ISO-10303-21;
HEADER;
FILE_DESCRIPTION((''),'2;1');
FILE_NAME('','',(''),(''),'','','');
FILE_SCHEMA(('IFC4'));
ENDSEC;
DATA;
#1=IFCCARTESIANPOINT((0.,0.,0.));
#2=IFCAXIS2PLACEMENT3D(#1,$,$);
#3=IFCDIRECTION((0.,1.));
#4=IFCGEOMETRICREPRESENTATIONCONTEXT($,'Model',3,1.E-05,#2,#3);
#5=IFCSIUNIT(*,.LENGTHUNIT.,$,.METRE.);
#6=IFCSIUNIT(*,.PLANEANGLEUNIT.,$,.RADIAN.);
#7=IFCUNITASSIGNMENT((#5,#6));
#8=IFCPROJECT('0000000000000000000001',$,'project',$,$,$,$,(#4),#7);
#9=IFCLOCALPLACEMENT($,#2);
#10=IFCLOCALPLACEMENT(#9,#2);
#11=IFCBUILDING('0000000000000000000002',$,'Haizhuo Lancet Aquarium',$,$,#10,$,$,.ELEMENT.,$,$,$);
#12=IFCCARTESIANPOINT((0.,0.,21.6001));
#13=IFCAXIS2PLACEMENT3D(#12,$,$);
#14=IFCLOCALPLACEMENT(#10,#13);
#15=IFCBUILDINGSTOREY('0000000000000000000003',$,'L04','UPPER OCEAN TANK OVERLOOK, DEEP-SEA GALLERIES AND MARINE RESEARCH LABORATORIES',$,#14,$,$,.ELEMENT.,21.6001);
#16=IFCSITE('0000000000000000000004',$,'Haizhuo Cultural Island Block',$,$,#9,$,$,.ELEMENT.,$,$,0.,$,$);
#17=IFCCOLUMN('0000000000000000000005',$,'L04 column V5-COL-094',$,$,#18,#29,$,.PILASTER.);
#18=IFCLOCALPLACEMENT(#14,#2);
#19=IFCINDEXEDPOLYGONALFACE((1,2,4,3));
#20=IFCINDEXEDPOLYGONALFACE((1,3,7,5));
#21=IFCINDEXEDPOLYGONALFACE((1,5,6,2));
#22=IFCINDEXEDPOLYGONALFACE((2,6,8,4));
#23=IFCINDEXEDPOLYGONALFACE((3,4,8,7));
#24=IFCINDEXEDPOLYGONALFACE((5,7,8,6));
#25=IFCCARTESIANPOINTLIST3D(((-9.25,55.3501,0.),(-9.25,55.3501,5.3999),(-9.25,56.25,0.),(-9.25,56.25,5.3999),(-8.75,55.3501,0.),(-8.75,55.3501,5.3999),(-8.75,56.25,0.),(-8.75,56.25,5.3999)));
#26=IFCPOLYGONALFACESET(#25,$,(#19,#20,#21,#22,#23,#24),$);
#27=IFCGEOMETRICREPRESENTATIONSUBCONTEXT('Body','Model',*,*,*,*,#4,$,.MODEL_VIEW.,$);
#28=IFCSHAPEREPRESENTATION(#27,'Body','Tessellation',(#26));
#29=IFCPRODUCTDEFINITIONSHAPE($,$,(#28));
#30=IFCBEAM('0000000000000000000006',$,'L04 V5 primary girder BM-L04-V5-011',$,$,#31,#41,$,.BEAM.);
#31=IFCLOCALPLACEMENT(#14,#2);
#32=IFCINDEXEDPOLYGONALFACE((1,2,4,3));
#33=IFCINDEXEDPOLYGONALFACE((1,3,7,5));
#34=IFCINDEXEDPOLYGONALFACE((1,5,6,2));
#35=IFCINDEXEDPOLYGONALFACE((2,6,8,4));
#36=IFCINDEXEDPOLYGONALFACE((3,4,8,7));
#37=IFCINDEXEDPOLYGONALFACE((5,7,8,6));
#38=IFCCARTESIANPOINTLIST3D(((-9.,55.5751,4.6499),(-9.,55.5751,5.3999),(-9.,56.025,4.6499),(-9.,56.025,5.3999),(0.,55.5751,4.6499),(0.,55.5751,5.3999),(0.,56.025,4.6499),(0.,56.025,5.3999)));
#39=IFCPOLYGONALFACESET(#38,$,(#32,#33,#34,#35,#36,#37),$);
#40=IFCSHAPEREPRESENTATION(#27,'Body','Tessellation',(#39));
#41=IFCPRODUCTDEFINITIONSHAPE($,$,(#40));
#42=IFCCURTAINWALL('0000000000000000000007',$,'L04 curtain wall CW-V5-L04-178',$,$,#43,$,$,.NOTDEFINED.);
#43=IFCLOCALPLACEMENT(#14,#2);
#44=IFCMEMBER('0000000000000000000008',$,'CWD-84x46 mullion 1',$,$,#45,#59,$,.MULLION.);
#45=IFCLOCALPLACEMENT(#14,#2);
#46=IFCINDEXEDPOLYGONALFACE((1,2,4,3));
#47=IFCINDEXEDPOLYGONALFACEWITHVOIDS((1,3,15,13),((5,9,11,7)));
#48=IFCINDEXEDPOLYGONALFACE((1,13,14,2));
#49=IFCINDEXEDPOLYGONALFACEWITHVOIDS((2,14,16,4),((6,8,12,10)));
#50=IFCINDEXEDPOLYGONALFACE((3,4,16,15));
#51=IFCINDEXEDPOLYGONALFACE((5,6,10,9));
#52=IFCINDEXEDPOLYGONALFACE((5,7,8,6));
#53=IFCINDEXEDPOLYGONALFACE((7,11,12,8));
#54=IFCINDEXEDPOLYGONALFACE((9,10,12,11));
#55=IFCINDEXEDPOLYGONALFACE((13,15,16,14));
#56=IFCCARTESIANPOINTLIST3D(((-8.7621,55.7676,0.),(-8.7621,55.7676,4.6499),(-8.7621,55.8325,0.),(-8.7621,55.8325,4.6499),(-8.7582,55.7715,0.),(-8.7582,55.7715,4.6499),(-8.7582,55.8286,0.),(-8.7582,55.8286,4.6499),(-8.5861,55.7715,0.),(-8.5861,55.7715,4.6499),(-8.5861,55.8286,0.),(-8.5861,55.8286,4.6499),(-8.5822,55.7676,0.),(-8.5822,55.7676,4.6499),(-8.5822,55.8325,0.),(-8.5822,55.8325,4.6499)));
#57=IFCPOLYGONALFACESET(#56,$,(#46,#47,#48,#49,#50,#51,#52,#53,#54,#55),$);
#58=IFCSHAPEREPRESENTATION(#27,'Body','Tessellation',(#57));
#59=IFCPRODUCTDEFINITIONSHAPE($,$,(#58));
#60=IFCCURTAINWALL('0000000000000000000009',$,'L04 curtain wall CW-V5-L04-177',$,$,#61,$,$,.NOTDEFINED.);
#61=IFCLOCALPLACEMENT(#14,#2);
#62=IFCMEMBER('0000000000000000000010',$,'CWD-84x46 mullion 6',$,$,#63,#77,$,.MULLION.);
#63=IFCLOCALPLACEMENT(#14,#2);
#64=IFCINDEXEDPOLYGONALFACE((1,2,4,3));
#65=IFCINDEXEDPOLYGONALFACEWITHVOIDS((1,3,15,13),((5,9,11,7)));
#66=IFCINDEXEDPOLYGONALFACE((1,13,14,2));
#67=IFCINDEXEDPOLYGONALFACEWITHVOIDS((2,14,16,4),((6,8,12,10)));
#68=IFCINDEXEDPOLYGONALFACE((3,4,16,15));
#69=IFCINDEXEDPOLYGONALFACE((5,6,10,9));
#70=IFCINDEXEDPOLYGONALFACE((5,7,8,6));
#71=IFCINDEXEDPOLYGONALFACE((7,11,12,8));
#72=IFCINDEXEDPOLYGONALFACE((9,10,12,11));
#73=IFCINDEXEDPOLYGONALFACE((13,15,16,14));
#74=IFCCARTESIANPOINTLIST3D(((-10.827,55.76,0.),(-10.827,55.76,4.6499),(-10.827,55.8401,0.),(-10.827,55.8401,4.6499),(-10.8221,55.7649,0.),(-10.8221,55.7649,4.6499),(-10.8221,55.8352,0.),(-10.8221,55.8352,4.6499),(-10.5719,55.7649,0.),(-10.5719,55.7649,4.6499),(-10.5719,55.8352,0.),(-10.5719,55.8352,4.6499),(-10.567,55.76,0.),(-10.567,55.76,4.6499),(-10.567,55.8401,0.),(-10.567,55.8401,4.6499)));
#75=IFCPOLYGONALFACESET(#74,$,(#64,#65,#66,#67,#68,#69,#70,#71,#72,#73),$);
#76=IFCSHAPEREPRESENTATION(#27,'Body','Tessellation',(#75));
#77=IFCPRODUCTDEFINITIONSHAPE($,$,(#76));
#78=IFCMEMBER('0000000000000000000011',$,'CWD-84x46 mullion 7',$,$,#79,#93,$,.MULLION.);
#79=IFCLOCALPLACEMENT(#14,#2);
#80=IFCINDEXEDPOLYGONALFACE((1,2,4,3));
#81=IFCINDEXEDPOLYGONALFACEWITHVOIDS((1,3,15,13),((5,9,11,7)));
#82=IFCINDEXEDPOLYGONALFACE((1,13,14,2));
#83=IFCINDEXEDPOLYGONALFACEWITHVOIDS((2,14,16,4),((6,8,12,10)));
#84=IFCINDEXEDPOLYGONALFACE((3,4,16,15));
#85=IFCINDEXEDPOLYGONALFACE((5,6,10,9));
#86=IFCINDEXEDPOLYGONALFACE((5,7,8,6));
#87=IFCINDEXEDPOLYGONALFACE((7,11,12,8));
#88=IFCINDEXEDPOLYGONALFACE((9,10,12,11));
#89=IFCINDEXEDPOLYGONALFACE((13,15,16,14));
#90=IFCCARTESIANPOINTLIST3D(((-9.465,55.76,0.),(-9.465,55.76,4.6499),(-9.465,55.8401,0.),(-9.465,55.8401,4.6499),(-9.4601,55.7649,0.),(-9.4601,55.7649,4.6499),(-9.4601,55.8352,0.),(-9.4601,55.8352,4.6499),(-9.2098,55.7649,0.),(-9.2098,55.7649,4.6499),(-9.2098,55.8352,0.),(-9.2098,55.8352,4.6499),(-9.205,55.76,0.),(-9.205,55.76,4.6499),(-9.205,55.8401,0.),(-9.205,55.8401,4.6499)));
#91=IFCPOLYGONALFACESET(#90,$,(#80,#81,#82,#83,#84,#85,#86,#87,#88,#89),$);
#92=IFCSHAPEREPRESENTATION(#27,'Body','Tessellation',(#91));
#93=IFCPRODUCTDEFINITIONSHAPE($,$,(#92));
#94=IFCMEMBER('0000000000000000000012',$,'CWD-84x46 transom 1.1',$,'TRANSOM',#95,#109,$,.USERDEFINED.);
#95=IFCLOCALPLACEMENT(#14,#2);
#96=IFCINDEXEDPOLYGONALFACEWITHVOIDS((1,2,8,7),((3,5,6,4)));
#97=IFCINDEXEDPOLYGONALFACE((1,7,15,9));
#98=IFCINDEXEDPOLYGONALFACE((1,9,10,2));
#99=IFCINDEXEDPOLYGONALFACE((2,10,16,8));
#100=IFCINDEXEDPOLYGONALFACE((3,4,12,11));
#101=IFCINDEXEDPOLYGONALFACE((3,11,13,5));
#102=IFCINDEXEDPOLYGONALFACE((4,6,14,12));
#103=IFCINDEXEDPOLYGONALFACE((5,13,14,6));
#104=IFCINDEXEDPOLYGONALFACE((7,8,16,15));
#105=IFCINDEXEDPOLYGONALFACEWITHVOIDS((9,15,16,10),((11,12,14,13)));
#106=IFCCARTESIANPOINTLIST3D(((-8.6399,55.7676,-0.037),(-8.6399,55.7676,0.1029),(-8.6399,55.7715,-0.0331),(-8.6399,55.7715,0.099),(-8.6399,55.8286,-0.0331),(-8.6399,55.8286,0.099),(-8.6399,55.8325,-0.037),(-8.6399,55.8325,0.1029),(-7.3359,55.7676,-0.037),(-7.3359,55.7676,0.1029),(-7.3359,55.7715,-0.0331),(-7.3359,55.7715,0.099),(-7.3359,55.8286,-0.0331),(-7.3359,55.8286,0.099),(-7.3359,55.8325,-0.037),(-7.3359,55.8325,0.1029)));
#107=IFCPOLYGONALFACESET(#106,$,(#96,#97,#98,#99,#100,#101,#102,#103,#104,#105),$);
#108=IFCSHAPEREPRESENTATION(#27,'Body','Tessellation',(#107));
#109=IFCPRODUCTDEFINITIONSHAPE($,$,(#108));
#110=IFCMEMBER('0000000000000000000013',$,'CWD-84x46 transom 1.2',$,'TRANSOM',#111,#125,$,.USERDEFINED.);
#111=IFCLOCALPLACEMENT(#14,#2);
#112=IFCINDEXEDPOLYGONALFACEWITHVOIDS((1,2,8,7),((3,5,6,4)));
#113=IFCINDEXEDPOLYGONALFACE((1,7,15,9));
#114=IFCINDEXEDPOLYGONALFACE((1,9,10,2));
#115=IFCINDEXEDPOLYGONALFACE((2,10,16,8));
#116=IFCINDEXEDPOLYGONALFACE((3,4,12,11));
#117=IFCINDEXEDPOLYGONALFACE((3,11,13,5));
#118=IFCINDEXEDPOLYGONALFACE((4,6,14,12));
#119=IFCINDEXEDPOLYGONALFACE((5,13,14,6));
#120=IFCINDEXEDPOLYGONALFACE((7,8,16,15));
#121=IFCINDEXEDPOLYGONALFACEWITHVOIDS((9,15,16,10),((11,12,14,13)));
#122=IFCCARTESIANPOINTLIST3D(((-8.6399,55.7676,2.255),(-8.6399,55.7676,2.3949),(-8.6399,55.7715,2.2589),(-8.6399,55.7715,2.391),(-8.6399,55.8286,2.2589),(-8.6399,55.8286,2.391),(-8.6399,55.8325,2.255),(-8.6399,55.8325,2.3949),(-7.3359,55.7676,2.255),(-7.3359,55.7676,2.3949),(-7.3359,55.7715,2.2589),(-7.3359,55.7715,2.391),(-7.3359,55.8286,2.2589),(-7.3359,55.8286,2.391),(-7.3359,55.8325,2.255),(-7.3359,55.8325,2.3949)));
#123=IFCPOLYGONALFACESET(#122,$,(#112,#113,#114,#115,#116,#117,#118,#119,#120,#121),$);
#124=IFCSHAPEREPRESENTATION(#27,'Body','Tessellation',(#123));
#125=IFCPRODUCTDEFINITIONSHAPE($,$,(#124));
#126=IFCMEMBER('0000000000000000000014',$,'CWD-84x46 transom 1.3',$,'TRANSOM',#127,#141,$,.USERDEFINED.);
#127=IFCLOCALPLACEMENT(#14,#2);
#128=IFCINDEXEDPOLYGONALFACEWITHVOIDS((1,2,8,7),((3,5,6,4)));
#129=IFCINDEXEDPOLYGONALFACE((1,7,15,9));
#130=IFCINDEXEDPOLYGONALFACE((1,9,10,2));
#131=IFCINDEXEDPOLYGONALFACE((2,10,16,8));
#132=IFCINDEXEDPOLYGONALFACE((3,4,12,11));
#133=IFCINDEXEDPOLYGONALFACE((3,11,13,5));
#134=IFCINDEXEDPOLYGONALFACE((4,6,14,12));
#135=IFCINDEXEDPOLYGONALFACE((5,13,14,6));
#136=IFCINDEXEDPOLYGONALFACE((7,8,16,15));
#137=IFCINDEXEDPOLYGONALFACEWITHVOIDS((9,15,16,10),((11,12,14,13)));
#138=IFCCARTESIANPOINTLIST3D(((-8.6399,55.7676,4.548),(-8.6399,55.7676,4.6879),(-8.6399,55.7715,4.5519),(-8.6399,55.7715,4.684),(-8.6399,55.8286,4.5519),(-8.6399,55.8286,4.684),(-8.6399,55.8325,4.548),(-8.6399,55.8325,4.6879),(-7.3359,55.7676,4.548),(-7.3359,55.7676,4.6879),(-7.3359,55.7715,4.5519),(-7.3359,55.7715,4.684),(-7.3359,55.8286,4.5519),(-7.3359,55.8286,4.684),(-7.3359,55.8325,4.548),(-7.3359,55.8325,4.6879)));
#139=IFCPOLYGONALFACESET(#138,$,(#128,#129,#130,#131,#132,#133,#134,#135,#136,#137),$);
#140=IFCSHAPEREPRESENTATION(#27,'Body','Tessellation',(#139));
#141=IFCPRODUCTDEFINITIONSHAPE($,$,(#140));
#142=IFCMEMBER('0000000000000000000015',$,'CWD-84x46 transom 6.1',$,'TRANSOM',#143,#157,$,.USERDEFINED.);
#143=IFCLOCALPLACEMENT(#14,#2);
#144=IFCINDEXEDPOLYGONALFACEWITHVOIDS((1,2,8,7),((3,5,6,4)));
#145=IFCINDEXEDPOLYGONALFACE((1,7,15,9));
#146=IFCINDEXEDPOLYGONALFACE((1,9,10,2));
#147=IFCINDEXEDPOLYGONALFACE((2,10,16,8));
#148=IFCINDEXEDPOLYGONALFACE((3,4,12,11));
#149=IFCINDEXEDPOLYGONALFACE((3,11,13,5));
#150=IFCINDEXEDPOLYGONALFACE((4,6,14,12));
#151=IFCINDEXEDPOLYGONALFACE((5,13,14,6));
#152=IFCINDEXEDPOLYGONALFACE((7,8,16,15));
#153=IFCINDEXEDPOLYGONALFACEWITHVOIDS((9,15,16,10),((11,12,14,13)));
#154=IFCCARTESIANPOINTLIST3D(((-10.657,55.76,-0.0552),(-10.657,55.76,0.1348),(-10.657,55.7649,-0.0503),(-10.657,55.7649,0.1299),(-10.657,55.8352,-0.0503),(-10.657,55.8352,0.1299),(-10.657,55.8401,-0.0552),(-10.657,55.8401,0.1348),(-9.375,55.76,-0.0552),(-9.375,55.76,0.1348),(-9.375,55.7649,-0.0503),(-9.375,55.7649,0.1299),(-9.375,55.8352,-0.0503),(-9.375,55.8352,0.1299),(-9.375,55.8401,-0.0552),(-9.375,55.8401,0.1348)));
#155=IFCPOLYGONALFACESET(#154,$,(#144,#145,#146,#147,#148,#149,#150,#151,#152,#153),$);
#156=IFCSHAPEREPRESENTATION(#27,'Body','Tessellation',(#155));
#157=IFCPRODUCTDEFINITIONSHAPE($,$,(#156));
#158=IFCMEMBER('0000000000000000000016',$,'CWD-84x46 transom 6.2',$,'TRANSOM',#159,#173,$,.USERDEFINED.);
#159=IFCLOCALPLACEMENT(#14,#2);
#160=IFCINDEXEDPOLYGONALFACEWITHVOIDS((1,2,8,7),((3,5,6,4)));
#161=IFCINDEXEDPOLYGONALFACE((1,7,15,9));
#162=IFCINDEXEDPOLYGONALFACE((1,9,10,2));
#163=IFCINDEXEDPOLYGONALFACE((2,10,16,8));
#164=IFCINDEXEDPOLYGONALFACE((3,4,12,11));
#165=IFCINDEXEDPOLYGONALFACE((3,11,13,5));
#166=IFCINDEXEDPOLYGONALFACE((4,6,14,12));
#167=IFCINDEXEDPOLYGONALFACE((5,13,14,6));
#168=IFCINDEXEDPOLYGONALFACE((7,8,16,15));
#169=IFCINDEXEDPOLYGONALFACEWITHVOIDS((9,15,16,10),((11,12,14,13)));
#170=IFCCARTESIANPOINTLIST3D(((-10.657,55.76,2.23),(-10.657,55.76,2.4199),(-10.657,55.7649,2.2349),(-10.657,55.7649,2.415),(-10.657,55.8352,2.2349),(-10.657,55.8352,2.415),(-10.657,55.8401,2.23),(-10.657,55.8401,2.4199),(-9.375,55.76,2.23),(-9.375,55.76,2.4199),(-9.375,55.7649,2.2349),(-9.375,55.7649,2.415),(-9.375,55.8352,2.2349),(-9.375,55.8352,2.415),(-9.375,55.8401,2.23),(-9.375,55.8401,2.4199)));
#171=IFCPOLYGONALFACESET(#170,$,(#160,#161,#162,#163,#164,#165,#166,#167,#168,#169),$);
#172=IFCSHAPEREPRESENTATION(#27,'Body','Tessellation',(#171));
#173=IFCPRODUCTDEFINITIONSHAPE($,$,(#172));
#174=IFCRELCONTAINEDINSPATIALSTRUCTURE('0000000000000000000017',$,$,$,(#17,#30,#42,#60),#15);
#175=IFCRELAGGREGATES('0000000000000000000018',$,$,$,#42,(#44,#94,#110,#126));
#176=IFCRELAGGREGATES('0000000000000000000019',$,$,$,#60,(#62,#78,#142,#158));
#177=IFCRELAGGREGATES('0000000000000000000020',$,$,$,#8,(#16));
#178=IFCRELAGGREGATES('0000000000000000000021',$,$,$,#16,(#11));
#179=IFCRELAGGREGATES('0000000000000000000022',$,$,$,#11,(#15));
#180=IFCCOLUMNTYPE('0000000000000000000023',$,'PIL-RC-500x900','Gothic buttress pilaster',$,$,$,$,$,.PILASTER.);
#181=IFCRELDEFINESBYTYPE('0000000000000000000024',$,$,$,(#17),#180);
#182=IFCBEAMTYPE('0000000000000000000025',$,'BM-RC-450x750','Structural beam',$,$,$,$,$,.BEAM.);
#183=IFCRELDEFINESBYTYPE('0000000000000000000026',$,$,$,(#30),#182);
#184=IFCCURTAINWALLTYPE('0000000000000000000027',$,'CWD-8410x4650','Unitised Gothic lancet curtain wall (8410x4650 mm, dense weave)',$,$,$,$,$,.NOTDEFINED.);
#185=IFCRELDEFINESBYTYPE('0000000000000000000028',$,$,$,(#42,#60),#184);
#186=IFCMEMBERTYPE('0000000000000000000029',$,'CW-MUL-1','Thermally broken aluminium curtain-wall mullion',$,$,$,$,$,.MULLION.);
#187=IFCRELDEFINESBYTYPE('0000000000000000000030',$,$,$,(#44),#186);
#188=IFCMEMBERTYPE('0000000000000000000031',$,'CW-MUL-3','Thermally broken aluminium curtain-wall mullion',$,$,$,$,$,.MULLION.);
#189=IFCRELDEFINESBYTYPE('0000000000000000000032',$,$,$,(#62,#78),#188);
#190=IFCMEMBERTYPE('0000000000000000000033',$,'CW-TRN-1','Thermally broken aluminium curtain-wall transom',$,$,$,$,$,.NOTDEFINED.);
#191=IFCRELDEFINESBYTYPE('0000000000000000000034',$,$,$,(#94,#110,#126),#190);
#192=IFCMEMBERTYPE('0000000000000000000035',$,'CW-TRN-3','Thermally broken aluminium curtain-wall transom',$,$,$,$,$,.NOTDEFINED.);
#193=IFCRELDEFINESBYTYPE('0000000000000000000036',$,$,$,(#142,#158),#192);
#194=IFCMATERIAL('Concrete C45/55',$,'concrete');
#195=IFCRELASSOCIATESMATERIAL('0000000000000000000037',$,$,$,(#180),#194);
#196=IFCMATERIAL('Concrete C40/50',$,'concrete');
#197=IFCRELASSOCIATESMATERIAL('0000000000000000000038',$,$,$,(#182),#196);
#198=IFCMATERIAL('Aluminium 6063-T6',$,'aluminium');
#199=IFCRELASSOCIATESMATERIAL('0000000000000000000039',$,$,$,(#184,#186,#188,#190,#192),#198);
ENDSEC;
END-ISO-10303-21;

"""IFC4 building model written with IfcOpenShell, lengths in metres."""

from ifc_helpers import new_model, si_unit, direction, frame, origin, origin_2d, place, context, subcontext, project, spatial, rectangle, hollow_rectangle, extrude, material, material_profile, profile_set, type_object, element, aggregate, save


model = new_model("IFC4")

# Units and contexts
model_context = context("Model", 3, precision=1e-05, world=origin(), true_north=direction((0.0, 1.0)))
body_context = subcontext(model_context, "Body", "Model", "MODEL_VIEW")
ifc_project = project(units=[si_unit("LENGTHUNIT", "METRE"), si_unit("PLANEANGLEUNIT", "RADIAN")], contexts=[model_context])

# Site, building, storey
site_placement = place(None, origin())
site = spatial("IfcSite", under=ifc_project, at=site_placement, Name="Haizhuo Cultural Island Block", CompositionType="ELEMENT", RefElevation=0.0)
building_placement = place(site_placement, origin())
building = spatial("IfcBuilding", under=site, at=building_placement, Name="Haizhuo Lancet Aquarium", CompositionType="ELEMENT")
storey_placement = place(building_placement, frame((0.0, 0.0, 21.6001)))
storey = spatial("IfcBuildingStorey", under=building, at=storey_placement, Name="L04", Description="UPPER OCEAN TANK OVERLOOK, DEEP-SEA GALLERIES AND MARINE RESEARCH LABORATORIES", CompositionType="ELEMENT", Elevation=21.6001)

# Column
ifc_material_1 = material(Name="Concrete C45/55", Category="concrete")
ifc_material_profile_1 = material_profile(ifc_material_1, rectangle(XDim=0.5, YDim=0.8999, at=origin_2d()), Name="RC-PIL 500x900")
ifc_profile_set_1 = profile_set([ifc_material_profile_1], Name="Concrete C45/55")
column_type = type_object("IfcColumnType", Name="PIL-RC-500x900", Description="Gothic buttress pilaster", PredefinedType="PILASTER", material=ifc_profile_set_1)
column_placement = place(storey_placement, frame((-9.0, 55.8, 0.0), z_axis=(0.0, 0.0, 1.0), x_axis=(1.0, 0.0, 0.0)))
element("IfcColumn", 1, at=column_placement, inside=storey, type_object=column_type, Name="L04 column V5-COL-094", PredefinedType="PILASTER", context=body_context, shape_type="SweptSolid", body=[
    extrude(rectangle(XDim=0.5, YDim=0.8999, at=origin_2d()), origin(), (0.0, 0.0, 1.0), 5.3999),
])

# Beam
ifc_material_2 = material(Name="Concrete C40/50", Category="concrete")
ifc_material_profile_2 = material_profile(ifc_material_2, rectangle(XDim=0.45, YDim=0.75, at=origin_2d()), Name="RC-BM 450x750")
ifc_profile_set_2 = profile_set([ifc_material_profile_2], Name="Concrete C40/50")
beam_type = type_object("IfcBeamType", Name="BM-RC-450x750", Description="Structural beam", PredefinedType="BEAM", material=ifc_profile_set_2)
beam_placement = place(storey_placement, frame((-9.0, 55.8, 5.0249), z_axis=(1.0, 0.0, 0.0), x_axis=(0.0, 1.0, 0.0)))
element("IfcBeam", 2, at=beam_placement, inside=storey, type_object=beam_type, Name="L04 V5 primary girder BM-L04-V5-011", PredefinedType="BEAM", context=body_context, shape_type="SweptSolid", body=[
    extrude(rectangle(XDim=0.45, YDim=0.75, at=origin_2d()), origin(), (0.0, 0.0, 1.0), 9.0),
])

# Curtain wall, member
ifc_material_3 = material(Name="Aluminium 6063-T6", Category="aluminium")
curtain_wall_type = type_object("IfcCurtainWallType", Name="CWD-8410x4650", Description="Unitised Gothic lancet curtain wall (8410x4650 mm, dense weave)", PredefinedType="NOTDEFINED", material=ifc_material_3)
curtain_wall_1_placement = place(storey_placement, origin())
curtain_wall_1 = element("IfcCurtainWall", 3, at=curtain_wall_1_placement, inside=storey, type_object=curtain_wall_type, Name="L04 curtain wall CW-V5-L04-178", PredefinedType="NOTDEFINED")
ifc_material_profile_3 = material_profile(ifc_material_3, hollow_rectangle(XDim=0.0649, YDim=0.1799, WallThickness=0.0039, at=origin_2d()), Name="ALU-M 65x180x4")
ifc_profile_set_3 = profile_set([ifc_material_profile_3], Name="Aluminium 6063-T6")
member_type_1 = type_object("IfcMemberType", Name="CW-MUL-1", Description="Thermally broken aluminium curtain-wall mullion", PredefinedType="MULLION", material=ifc_profile_set_3)
member_1_placement = place(storey_placement, frame((-8.6721, 55.8, 0.0), z_axis=(0.0, 0.0, 1.0), x_axis=(0.0, 1.0, 0.0)))
member_1 = element("IfcMember", 4, at=member_1_placement, type_object=member_type_1, Name="CWD-84x46 mullion 1", PredefinedType="MULLION", context=body_context, shape_type="SweptSolid", body=[
    extrude(hollow_rectangle(XDim=0.0649, YDim=0.1799, WallThickness=0.0039, at=origin_2d()), origin(), (0.0, 0.0, 1.0), 4.6499),
])

# Curtain wall, members
curtain_wall_2_placement = place(storey_placement, origin())
curtain_wall_2 = element("IfcCurtainWall", 5, at=curtain_wall_2_placement, inside=storey, type_object=curtain_wall_type, Name="L04 curtain wall CW-V5-L04-177", PredefinedType="NOTDEFINED")
ifc_material_profile_4 = material_profile(ifc_material_3, hollow_rectangle(XDim=0.0801, YDim=0.26, WallThickness=0.0049, at=origin_2d()), Name="ALU-M 80x260x5")
ifc_profile_set_4 = profile_set([ifc_material_profile_4], Name="Aluminium 6063-T6")
member_type_2 = type_object("IfcMemberType", Name="CW-MUL-3", Description="Thermally broken aluminium curtain-wall mullion", PredefinedType="MULLION", material=ifc_profile_set_4)
member_2_placement = place(storey_placement, frame((-10.697, 55.8, 0.0), z_axis=(0.0, 0.0, 1.0), x_axis=(0.0, 1.0, 0.0)))
member_2 = element("IfcMember", 6, at=member_2_placement, type_object=member_type_2, Name="CWD-84x46 mullion 6", PredefinedType="MULLION", context=body_context, shape_type="SweptSolid", body=[
    extrude(hollow_rectangle(XDim=0.0801, YDim=0.26, WallThickness=0.0049, at=origin_2d()), origin(), (0.0, 0.0, 1.0), 4.6499),
])
member_3_placement = place(storey_placement, frame((-9.335, 55.8, 0.0), z_axis=(0.0, 0.0, 1.0), x_axis=(0.0, 1.0, 0.0)))
member_3 = element("IfcMember", 7, at=member_3_placement, type_object=member_type_2, Name="CWD-84x46 mullion 7", PredefinedType="MULLION", context=body_context, shape_type="SweptSolid", body=[
    extrude(hollow_rectangle(XDim=0.0801, YDim=0.26, WallThickness=0.0049, at=origin_2d()), origin(), (0.0, 0.0, 1.0), 4.6499),
])

# Members
ifc_material_profile_5 = material_profile(ifc_material_3, hollow_rectangle(XDim=0.0649, YDim=0.1399, WallThickness=0.0039, at=origin_2d()), Name="ALU-T 65x140x4")
ifc_profile_set_5 = profile_set([ifc_material_profile_5], Name="Aluminium 6063-T6")
member_type_3 = type_object("IfcMemberType", Name="CW-TRN-1", Description="Thermally broken aluminium curtain-wall transom", PredefinedType="NOTDEFINED", material=ifc_profile_set_5)
member_4_placement = place(storey_placement, frame((-8.6399, 55.8, 0.033), z_axis=(1.0, 0.0, 0.0), x_axis=(0.0, 1.0, 0.0)))
member_4 = element("IfcMember", 8, at=member_4_placement, type_object=member_type_3, Name="CWD-84x46 transom 1.1", ObjectType="TRANSOM", PredefinedType="USERDEFINED", context=body_context, shape_type="SweptSolid", body=[
    extrude(hollow_rectangle(XDim=0.0649, YDim=0.1399, WallThickness=0.0039, at=origin_2d()), origin(), (0.0, 0.0, 1.0), 1.304),
])
member_5_placement = place(storey_placement, frame((-8.6399, 55.8, 2.325), z_axis=(1.0, 0.0, 0.0), x_axis=(0.0, 1.0, 0.0)))
member_5 = element("IfcMember", 9, at=member_5_placement, type_object=member_type_3, Name="CWD-84x46 transom 1.2", ObjectType="TRANSOM", PredefinedType="USERDEFINED", context=body_context, shape_type="SweptSolid", body=[
    extrude(hollow_rectangle(XDim=0.0649, YDim=0.1399, WallThickness=0.0039, at=origin_2d()), origin(), (0.0, 0.0, 1.0), 1.304),
])
member_6_placement = place(storey_placement, frame((-8.6399, 55.8, 4.6179), z_axis=(1.0, 0.0, 0.0), x_axis=(0.0, 1.0, 0.0)))
member_6 = element("IfcMember", 10, at=member_6_placement, type_object=member_type_3, Name="CWD-84x46 transom 1.3", ObjectType="TRANSOM", PredefinedType="USERDEFINED", context=body_context, shape_type="SweptSolid", body=[
    extrude(hollow_rectangle(XDim=0.0649, YDim=0.1399, WallThickness=0.0039, at=origin_2d()), origin(), (0.0, 0.0, 1.0), 1.304),
])
aggregate(curtain_wall_1, [member_1, member_4, member_5, member_6])
ifc_material_profile_6 = material_profile(ifc_material_3, hollow_rectangle(XDim=0.0801, YDim=0.1899, WallThickness=0.0049, at=origin_2d()), Name="ALU-T 80x190x5")
ifc_profile_set_6 = profile_set([ifc_material_profile_6], Name="Aluminium 6063-T6")
member_type_4 = type_object("IfcMemberType", Name="CW-TRN-3", Description="Thermally broken aluminium curtain-wall transom", PredefinedType="NOTDEFINED", material=ifc_profile_set_6)
member_7_placement = place(storey_placement, frame((-10.657, 55.8, 0.0398), z_axis=(1.0, 0.0, 0.0), x_axis=(0.0, 1.0, 0.0)))
member_7 = element("IfcMember", 11, at=member_7_placement, type_object=member_type_4, Name="CWD-84x46 transom 6.1", ObjectType="TRANSOM", PredefinedType="USERDEFINED", context=body_context, shape_type="SweptSolid", body=[
    extrude(hollow_rectangle(XDim=0.0801, YDim=0.1899, WallThickness=0.0049, at=origin_2d()), origin(), (0.0, 0.0, 1.0), 1.282),
])
member_8_placement = place(storey_placement, frame((-10.657, 55.8, 2.325), z_axis=(1.0, 0.0, 0.0), x_axis=(0.0, 1.0, 0.0)))
member_8 = element("IfcMember", 12, at=member_8_placement, type_object=member_type_4, Name="CWD-84x46 transom 6.2", ObjectType="TRANSOM", PredefinedType="USERDEFINED", context=body_context, shape_type="SweptSolid", body=[
    extrude(hollow_rectangle(XDim=0.0801, YDim=0.1899, WallThickness=0.0049, at=origin_2d()), origin(), (0.0, 0.0, 1.0), 1.282),
])

aggregate(curtain_wall_2, [member_2, member_3, member_7, member_8])

save(model, "model.ifc")
